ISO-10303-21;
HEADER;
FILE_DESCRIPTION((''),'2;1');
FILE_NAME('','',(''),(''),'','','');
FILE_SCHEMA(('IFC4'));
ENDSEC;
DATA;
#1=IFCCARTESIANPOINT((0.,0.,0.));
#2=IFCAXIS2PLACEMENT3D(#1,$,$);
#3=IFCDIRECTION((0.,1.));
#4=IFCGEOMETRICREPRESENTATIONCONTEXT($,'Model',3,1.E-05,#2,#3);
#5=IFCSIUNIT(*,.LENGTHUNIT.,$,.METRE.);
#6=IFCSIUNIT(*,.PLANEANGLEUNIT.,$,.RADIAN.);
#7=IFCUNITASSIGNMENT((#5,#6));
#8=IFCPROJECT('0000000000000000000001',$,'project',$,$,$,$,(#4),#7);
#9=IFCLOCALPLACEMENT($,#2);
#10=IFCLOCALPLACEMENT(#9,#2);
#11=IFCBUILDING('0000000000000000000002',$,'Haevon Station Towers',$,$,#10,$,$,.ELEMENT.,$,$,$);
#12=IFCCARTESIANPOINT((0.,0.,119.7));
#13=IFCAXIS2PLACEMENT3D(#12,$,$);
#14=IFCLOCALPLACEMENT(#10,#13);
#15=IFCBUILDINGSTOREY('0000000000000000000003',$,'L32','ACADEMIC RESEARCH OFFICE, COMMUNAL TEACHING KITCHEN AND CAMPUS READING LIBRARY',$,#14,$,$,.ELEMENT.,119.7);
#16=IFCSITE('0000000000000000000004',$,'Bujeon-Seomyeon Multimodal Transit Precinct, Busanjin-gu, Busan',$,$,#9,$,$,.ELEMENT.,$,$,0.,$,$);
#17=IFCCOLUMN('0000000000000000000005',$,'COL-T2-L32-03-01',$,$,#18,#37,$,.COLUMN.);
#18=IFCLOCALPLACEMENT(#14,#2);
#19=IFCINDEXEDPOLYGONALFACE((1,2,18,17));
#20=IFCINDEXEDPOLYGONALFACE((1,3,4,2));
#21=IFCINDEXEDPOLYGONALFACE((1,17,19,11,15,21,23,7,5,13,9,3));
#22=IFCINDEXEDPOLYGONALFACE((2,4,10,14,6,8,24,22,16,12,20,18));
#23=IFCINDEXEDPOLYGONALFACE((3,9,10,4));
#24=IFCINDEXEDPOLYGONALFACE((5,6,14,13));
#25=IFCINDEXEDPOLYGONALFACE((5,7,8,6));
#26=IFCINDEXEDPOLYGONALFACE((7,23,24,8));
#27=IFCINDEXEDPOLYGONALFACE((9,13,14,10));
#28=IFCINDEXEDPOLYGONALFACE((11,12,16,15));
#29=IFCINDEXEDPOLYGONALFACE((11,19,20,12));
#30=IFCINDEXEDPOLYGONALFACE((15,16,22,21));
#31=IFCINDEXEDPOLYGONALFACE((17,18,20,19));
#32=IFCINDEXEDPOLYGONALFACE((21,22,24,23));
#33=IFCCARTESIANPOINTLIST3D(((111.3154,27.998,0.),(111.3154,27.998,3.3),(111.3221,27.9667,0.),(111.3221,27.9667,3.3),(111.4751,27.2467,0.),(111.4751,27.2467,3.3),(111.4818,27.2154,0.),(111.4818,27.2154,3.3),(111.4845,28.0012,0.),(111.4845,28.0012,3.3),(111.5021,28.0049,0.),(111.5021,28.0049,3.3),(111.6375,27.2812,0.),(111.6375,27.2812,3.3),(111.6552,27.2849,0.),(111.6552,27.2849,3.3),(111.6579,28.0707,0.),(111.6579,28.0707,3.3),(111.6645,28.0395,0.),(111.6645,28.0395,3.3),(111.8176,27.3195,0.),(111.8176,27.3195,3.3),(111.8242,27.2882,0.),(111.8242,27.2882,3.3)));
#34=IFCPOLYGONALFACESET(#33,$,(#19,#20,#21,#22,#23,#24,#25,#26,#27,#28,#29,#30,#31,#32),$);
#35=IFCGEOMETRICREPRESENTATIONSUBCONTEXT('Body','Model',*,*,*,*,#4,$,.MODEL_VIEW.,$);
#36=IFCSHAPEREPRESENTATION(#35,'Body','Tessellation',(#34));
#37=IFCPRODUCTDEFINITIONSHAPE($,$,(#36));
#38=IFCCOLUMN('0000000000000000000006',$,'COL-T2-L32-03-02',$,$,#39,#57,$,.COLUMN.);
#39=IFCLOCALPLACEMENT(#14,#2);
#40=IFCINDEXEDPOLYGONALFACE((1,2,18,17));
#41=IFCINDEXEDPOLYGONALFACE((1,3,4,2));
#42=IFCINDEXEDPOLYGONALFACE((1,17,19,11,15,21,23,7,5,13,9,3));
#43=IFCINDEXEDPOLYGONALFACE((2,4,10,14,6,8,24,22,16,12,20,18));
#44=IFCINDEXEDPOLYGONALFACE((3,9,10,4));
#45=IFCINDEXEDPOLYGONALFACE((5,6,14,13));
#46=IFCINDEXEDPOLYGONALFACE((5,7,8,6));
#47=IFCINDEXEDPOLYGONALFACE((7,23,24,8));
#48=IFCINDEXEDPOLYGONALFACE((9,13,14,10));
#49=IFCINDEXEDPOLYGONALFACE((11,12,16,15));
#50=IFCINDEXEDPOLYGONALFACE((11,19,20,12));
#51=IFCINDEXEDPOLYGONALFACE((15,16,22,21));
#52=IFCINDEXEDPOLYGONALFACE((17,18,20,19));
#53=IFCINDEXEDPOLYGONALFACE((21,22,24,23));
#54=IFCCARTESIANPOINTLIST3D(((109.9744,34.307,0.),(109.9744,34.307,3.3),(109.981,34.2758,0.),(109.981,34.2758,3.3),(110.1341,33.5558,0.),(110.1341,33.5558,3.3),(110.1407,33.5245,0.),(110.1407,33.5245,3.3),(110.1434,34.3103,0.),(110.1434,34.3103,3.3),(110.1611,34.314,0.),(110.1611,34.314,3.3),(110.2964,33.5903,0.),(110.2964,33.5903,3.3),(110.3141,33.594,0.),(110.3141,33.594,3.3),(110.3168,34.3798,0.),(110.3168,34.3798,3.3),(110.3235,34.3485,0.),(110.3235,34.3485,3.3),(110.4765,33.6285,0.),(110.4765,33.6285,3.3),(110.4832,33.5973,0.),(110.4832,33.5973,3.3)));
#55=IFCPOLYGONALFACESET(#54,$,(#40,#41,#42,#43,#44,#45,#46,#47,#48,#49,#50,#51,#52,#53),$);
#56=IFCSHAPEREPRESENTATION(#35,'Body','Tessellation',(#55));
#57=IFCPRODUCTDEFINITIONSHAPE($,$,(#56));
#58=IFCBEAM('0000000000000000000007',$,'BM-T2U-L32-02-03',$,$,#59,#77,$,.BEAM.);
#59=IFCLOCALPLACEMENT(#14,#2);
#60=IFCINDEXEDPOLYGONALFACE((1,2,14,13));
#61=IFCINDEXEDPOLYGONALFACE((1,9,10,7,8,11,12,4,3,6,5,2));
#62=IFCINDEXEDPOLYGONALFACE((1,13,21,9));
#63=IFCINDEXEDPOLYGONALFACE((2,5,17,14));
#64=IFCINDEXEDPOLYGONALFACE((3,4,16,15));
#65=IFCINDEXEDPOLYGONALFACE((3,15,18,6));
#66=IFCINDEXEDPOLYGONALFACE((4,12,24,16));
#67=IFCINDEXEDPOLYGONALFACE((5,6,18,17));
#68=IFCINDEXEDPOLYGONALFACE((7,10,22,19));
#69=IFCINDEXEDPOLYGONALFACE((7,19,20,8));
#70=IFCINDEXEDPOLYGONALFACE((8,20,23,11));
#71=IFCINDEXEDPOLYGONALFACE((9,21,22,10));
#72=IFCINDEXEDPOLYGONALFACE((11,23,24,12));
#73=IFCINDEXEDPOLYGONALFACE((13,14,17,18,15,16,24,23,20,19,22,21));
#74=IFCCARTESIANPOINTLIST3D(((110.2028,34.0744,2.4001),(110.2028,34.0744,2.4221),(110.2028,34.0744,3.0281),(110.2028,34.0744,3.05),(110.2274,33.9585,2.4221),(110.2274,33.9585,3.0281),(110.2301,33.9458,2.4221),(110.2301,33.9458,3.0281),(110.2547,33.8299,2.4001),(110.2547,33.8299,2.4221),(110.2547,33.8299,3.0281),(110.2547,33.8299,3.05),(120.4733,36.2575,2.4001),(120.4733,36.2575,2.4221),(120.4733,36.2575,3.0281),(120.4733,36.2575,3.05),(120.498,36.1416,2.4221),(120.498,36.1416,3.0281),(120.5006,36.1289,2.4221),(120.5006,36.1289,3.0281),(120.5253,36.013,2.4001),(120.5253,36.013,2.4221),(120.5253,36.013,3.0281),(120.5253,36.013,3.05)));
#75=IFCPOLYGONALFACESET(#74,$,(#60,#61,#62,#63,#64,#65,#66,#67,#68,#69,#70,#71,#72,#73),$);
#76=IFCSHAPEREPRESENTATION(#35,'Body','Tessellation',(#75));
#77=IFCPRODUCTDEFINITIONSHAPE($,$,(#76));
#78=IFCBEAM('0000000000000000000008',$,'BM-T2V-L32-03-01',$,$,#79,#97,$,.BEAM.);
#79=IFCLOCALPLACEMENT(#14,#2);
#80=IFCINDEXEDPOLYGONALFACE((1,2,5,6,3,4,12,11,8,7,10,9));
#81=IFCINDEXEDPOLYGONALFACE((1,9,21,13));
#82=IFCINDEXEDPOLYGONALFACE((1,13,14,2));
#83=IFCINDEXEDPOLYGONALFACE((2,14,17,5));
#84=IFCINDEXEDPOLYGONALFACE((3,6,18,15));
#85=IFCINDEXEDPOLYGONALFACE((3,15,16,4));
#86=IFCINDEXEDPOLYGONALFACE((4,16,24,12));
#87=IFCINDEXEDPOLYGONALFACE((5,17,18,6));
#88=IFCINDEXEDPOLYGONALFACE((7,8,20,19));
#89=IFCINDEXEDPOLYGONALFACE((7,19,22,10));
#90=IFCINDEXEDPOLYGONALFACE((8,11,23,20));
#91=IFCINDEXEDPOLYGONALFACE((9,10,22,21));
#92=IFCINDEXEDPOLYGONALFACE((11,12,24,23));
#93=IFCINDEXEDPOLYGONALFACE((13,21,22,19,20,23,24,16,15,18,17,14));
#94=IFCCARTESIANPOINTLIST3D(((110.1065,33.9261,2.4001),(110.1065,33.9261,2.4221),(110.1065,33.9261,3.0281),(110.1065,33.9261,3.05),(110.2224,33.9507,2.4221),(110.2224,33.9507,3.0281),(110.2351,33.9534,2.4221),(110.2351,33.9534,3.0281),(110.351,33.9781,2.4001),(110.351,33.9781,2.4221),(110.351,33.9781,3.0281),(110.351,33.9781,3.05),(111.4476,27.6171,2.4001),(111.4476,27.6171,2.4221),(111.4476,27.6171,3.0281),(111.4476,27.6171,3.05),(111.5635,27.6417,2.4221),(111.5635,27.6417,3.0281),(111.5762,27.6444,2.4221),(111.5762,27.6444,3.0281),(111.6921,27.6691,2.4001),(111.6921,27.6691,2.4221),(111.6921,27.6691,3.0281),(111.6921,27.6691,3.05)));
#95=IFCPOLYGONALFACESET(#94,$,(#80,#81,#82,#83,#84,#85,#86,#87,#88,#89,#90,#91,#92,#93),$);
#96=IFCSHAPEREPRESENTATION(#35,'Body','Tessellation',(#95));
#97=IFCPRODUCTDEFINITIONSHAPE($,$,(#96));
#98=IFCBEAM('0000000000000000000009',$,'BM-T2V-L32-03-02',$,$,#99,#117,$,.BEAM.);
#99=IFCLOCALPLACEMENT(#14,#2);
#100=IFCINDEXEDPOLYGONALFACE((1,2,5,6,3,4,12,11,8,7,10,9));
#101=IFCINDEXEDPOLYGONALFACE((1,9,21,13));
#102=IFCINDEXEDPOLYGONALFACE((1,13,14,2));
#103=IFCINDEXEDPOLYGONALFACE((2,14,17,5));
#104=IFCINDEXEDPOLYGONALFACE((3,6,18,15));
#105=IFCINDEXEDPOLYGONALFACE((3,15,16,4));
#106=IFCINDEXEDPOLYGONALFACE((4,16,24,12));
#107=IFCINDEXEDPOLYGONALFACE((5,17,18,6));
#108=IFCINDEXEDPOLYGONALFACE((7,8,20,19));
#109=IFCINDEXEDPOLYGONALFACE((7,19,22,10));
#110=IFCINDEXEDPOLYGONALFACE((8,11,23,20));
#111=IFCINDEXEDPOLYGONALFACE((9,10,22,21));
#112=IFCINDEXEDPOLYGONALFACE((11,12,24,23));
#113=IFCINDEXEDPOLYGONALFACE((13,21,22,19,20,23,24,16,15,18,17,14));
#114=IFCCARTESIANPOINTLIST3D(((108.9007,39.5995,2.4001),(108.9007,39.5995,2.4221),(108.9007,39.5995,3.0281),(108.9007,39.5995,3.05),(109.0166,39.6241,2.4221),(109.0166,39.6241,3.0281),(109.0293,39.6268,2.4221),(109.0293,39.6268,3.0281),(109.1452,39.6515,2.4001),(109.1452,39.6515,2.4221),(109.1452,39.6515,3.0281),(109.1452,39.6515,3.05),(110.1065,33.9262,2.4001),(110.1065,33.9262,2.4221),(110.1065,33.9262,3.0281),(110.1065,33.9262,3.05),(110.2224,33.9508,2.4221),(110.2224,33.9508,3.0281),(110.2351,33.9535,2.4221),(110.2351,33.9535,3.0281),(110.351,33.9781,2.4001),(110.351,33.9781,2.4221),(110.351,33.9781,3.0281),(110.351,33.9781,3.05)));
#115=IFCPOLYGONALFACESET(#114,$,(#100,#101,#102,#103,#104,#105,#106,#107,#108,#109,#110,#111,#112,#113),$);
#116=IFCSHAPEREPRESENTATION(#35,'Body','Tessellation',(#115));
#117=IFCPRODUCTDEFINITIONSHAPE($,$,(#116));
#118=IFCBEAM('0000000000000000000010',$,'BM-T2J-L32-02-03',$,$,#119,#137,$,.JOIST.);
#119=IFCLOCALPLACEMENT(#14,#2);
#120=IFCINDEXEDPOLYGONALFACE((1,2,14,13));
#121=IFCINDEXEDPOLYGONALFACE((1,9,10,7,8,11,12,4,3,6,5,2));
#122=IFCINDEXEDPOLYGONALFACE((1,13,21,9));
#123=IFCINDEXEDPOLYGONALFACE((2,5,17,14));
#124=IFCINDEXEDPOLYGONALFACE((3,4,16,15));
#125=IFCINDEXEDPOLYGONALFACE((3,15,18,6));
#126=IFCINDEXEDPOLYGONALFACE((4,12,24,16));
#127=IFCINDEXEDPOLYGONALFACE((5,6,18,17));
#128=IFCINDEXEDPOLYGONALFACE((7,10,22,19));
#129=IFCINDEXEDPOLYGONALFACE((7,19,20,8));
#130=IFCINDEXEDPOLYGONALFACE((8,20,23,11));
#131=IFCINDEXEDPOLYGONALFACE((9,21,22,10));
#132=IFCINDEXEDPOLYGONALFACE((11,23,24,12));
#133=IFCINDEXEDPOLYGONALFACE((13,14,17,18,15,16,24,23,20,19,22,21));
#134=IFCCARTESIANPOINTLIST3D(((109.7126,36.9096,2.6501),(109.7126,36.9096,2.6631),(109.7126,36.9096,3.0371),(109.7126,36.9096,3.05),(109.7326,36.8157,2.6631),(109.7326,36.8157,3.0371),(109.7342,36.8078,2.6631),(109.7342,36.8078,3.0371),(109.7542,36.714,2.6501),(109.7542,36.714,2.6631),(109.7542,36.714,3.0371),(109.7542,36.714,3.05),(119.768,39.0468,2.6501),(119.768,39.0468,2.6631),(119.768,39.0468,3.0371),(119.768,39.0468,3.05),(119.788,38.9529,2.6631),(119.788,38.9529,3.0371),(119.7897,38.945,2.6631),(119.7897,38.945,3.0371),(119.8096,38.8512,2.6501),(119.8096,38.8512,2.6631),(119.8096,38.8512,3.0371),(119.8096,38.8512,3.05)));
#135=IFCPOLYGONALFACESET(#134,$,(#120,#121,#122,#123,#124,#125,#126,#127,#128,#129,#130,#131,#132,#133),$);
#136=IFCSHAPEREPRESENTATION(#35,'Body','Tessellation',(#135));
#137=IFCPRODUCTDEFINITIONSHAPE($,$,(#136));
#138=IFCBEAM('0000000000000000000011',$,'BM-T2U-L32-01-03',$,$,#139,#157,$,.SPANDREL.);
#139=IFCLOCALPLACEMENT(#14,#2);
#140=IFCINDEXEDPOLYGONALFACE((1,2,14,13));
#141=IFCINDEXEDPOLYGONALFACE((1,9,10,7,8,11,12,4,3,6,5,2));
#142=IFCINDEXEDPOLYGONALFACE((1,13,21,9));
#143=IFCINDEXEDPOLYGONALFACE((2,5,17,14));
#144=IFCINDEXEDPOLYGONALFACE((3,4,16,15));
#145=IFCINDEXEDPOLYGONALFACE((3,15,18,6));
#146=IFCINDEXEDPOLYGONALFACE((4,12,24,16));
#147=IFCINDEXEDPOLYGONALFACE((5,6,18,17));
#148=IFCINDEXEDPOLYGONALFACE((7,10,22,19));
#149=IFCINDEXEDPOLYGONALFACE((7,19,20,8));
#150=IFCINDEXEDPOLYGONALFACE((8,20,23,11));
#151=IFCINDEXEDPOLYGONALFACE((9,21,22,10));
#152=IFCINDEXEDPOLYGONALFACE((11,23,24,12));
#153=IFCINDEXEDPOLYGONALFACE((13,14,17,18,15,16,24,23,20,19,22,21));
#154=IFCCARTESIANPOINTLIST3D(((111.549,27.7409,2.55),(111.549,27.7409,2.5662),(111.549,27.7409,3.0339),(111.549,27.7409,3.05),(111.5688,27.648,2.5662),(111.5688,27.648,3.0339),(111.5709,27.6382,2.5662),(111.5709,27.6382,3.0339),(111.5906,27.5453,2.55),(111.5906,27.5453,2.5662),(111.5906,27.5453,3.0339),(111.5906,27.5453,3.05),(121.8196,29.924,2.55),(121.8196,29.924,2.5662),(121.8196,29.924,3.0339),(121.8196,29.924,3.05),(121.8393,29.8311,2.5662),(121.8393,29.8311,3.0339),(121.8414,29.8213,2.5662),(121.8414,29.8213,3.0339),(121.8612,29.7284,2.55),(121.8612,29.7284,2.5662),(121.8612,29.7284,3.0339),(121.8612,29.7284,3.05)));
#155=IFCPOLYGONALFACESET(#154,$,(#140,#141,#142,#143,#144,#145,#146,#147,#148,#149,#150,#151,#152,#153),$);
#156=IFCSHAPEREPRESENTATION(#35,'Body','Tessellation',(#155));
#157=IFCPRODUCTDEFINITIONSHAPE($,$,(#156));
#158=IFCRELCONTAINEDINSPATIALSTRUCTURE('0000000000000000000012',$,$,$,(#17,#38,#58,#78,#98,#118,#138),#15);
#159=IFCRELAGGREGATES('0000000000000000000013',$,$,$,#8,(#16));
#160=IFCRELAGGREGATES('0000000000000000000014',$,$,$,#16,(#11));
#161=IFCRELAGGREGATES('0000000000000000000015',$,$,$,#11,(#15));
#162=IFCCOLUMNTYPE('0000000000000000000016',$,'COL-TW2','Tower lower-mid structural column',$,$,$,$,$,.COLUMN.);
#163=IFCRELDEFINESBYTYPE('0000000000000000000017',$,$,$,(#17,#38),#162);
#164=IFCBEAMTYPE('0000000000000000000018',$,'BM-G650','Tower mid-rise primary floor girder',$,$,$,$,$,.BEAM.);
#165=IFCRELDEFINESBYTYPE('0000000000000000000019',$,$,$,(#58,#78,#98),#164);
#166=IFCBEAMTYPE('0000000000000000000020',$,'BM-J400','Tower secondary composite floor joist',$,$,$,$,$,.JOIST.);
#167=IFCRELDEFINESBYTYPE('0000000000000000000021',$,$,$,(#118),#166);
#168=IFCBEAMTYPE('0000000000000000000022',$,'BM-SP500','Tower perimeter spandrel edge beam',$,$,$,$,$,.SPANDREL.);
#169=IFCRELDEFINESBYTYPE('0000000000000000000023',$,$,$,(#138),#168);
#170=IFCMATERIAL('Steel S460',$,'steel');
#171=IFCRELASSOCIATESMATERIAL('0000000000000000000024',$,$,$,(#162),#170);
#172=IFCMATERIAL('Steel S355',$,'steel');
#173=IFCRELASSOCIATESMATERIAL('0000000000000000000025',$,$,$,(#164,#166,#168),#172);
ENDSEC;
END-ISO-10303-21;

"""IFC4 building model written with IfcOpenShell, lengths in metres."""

from ifc_helpers import new_model, si_unit, direction, frame, origin, origin_2d, place, context, subcontext, project, spatial, i_section, extrude, material, material_profile, profile_set, type_object, element, save


model = new_model("IFC4")

# Units and contexts
model_context = context("Model", 3, precision=1e-05, world=origin(), true_north=direction((0.0, 1.0)))
body_context = subcontext(model_context, "Body", "Model", "MODEL_VIEW")
ifc_project = project(units=[si_unit("LENGTHUNIT", "METRE"), si_unit("PLANEANGLEUNIT", "RADIAN")], contexts=[model_context])

# Site, building, storey
site_placement = place(None, origin())
site = spatial("IfcSite", under=ifc_project, at=site_placement, Name="Bujeon-Seomyeon Multimodal Transit Precinct, Busanjin-gu, Busan", CompositionType="ELEMENT", RefElevation=0.0)
building_placement = place(site_placement, origin())
building = spatial("IfcBuilding", under=site, at=building_placement, Name="Haevon Station Towers", CompositionType="ELEMENT")
storey_placement = place(building_placement, frame((0.0, 0.0, 119.7)))
storey = spatial("IfcBuildingStorey", under=building, at=storey_placement, Name="L32", Description="ACADEMIC RESEARCH OFFICE, COMMUNAL TEACHING KITCHEN AND CAMPUS READING LIBRARY", CompositionType="ELEMENT", Elevation=119.7)

# Columns
ifc_material_1 = material(Name="Steel S460", Category="steel")
ifc_material_profile_1 = material_profile(ifc_material_1, i_section(OverallWidth=0.3501, OverallDepth=0.8, WebThickness=0.0181, FlangeThickness=0.032, at=origin_2d()), Name="H-800x350x18x32")
ifc_profile_set_1 = profile_set([ifc_material_profile_1], Name="Steel S460")
column_type = type_object("IfcColumnType", Name="COL-TW2", Description="Tower lower-mid structural column", PredefinedType="COLUMN", material=ifc_profile_set_1)
for number, where, z_axis, x_axis, name in (
    (1, (111.5698, 27.6431, 0.0), (0.0, 0.0, 1.0), (0.978148, 0.207912, 0.0), "COL-T2-L32-03-01"),
    (2, (110.2288, 33.9521, 0.0), (0.0, 0.0, 1.0), (0.978148, 0.207912, 0.0), "COL-T2-L32-03-02"),
):
    element("IfcColumn", number, at=place(storey_placement, frame(where, z_axis=z_axis, x_axis=x_axis)), inside=storey, type_object=column_type, Name=name, PredefinedType="COLUMN", context=body_context, shape_type="SweptSolid", body=[
        extrude(i_section(OverallWidth=0.3501, OverallDepth=0.8, WebThickness=0.0181, FlangeThickness=0.032, at=origin_2d()), origin(), (0.0, 0.0, 1.0), 3.3),
    ])

# Beams
ifc_material_2 = material(Name="Steel S355", Category="steel")
ifc_material_profile_2 = material_profile(ifc_material_2, i_section(OverallWidth=0.25, OverallDepth=0.6499, WebThickness=0.0129, FlangeThickness=0.022, at=origin_2d()), Name="H-650x250x13x22")
ifc_profile_set_2 = profile_set([ifc_material_profile_2], Name="Steel S355")
beam_type_1 = type_object("IfcBeamType", Name="BM-G650", Description="Tower mid-rise primary floor girder", PredefinedType="BEAM", material=ifc_profile_set_2)
beam_1_placement = place(storey_placement, frame((110.2288, 33.9521, 2.7251), z_axis=(0.978147, 0.207915, 0.0), x_axis=(-0.207915, 0.978147, 0.0)))
element("IfcBeam", 3, at=beam_1_placement, inside=storey, type_object=beam_type_1, Name="BM-T2U-L32-02-03", PredefinedType="BEAM", context=body_context, shape_type="SweptSolid", body=[
    extrude(i_section(OverallWidth=0.25, OverallDepth=0.6499, WebThickness=0.0129, FlangeThickness=0.022, at=origin_2d()), origin(), (0.0, 0.0, 1.0), 10.5),
])
beam_2_placement = place(storey_placement, frame((111.5698, 27.6431, 2.7251), z_axis=(-0.207916, 0.978147, 0.0), x_axis=(-0.978147, -0.207916, 0.0)))
element("IfcBeam", 4, at=beam_2_placement, inside=storey, type_object=beam_type_1, Name="BM-T2V-L32-03-01", PredefinedType="BEAM", context=body_context, shape_type="SweptSolid", body=[
    extrude(i_section(OverallWidth=0.25, OverallDepth=0.6499, WebThickness=0.0129, FlangeThickness=0.022, at=origin_2d()), origin(), (0.0, 0.0, 1.0), 6.45),
])
beam_3_placement = place(storey_placement, frame((110.2288, 33.9521, 2.7251), z_axis=(-0.207896, 0.978151, 0.0), x_axis=(-0.978151, -0.207896, 0.0)))
element("IfcBeam", 5, at=beam_3_placement, inside=storey, type_object=beam_type_1, Name="BM-T2V-L32-03-02", PredefinedType="BEAM", context=body_context, shape_type="SweptSolid", body=[
    extrude(i_section(OverallWidth=0.25, OverallDepth=0.6499, WebThickness=0.0129, FlangeThickness=0.022, at=origin_2d()), origin(), (0.0, 0.0, 1.0), 5.8),
])
ifc_material_profile_3 = material_profile(ifc_material_2, i_section(OverallWidth=0.2, OverallDepth=0.3999, WebThickness=0.0081, FlangeThickness=0.0129, at=origin_2d()), Name="H-400x200x8x13")
ifc_profile_set_3 = profile_set([ifc_material_profile_3], Name="Steel S355")
beam_type_2 = type_object("IfcBeamType", Name="BM-J400", Description="Tower secondary composite floor joist", PredefinedType="JOIST", material=ifc_profile_set_3)
beam_4_placement = place(storey_placement, frame((109.7334, 36.8118, 2.8501), z_axis=(0.97815, 0.207899, 0.0), x_axis=(-0.207899, 0.97815, 0.0)))
element("IfcBeam", 6, at=beam_4_placement, inside=storey, type_object=beam_type_2, Name="BM-T2J-L32-02-03", PredefinedType="JOIST", context=body_context, shape_type="SweptSolid", body=[
    extrude(i_section(OverallWidth=0.2, OverallDepth=0.3999, WebThickness=0.0081, FlangeThickness=0.0129, at=origin_2d()), origin(), (0.0, 0.0, 1.0), 10.28),
])
ifc_material_profile_4 = material_profile(ifc_material_2, i_section(OverallWidth=0.2, OverallDepth=0.5, WebThickness=0.01, FlangeThickness=0.0161, at=origin_2d()), Name="H-500x200x10x16")
ifc_profile_set_4 = profile_set([ifc_material_profile_4], Name="Steel S355")
beam_type_3 = type_object("IfcBeamType", Name="BM-SP500", Description="Tower perimeter spandrel edge beam", PredefinedType="SPANDREL", material=ifc_profile_set_4)
beam_5_placement = place(storey_placement, frame((111.5698, 27.6431, 2.8), z_axis=(0.978147, 0.207915, 0.0), x_axis=(-0.207915, 0.978147, 0.0)))
element("IfcBeam", 7, at=beam_5_placement, inside=storey, type_object=beam_type_3, Name="BM-T2U-L32-01-03", PredefinedType="SPANDREL", context=body_context, shape_type="SweptSolid", body=[
    extrude(i_section(OverallWidth=0.2, OverallDepth=0.5, WebThickness=0.01, FlangeThickness=0.0161, at=origin_2d()), origin(), (0.0, 0.0, 1.0), 10.5),
])

save(model, "model.ifc")
